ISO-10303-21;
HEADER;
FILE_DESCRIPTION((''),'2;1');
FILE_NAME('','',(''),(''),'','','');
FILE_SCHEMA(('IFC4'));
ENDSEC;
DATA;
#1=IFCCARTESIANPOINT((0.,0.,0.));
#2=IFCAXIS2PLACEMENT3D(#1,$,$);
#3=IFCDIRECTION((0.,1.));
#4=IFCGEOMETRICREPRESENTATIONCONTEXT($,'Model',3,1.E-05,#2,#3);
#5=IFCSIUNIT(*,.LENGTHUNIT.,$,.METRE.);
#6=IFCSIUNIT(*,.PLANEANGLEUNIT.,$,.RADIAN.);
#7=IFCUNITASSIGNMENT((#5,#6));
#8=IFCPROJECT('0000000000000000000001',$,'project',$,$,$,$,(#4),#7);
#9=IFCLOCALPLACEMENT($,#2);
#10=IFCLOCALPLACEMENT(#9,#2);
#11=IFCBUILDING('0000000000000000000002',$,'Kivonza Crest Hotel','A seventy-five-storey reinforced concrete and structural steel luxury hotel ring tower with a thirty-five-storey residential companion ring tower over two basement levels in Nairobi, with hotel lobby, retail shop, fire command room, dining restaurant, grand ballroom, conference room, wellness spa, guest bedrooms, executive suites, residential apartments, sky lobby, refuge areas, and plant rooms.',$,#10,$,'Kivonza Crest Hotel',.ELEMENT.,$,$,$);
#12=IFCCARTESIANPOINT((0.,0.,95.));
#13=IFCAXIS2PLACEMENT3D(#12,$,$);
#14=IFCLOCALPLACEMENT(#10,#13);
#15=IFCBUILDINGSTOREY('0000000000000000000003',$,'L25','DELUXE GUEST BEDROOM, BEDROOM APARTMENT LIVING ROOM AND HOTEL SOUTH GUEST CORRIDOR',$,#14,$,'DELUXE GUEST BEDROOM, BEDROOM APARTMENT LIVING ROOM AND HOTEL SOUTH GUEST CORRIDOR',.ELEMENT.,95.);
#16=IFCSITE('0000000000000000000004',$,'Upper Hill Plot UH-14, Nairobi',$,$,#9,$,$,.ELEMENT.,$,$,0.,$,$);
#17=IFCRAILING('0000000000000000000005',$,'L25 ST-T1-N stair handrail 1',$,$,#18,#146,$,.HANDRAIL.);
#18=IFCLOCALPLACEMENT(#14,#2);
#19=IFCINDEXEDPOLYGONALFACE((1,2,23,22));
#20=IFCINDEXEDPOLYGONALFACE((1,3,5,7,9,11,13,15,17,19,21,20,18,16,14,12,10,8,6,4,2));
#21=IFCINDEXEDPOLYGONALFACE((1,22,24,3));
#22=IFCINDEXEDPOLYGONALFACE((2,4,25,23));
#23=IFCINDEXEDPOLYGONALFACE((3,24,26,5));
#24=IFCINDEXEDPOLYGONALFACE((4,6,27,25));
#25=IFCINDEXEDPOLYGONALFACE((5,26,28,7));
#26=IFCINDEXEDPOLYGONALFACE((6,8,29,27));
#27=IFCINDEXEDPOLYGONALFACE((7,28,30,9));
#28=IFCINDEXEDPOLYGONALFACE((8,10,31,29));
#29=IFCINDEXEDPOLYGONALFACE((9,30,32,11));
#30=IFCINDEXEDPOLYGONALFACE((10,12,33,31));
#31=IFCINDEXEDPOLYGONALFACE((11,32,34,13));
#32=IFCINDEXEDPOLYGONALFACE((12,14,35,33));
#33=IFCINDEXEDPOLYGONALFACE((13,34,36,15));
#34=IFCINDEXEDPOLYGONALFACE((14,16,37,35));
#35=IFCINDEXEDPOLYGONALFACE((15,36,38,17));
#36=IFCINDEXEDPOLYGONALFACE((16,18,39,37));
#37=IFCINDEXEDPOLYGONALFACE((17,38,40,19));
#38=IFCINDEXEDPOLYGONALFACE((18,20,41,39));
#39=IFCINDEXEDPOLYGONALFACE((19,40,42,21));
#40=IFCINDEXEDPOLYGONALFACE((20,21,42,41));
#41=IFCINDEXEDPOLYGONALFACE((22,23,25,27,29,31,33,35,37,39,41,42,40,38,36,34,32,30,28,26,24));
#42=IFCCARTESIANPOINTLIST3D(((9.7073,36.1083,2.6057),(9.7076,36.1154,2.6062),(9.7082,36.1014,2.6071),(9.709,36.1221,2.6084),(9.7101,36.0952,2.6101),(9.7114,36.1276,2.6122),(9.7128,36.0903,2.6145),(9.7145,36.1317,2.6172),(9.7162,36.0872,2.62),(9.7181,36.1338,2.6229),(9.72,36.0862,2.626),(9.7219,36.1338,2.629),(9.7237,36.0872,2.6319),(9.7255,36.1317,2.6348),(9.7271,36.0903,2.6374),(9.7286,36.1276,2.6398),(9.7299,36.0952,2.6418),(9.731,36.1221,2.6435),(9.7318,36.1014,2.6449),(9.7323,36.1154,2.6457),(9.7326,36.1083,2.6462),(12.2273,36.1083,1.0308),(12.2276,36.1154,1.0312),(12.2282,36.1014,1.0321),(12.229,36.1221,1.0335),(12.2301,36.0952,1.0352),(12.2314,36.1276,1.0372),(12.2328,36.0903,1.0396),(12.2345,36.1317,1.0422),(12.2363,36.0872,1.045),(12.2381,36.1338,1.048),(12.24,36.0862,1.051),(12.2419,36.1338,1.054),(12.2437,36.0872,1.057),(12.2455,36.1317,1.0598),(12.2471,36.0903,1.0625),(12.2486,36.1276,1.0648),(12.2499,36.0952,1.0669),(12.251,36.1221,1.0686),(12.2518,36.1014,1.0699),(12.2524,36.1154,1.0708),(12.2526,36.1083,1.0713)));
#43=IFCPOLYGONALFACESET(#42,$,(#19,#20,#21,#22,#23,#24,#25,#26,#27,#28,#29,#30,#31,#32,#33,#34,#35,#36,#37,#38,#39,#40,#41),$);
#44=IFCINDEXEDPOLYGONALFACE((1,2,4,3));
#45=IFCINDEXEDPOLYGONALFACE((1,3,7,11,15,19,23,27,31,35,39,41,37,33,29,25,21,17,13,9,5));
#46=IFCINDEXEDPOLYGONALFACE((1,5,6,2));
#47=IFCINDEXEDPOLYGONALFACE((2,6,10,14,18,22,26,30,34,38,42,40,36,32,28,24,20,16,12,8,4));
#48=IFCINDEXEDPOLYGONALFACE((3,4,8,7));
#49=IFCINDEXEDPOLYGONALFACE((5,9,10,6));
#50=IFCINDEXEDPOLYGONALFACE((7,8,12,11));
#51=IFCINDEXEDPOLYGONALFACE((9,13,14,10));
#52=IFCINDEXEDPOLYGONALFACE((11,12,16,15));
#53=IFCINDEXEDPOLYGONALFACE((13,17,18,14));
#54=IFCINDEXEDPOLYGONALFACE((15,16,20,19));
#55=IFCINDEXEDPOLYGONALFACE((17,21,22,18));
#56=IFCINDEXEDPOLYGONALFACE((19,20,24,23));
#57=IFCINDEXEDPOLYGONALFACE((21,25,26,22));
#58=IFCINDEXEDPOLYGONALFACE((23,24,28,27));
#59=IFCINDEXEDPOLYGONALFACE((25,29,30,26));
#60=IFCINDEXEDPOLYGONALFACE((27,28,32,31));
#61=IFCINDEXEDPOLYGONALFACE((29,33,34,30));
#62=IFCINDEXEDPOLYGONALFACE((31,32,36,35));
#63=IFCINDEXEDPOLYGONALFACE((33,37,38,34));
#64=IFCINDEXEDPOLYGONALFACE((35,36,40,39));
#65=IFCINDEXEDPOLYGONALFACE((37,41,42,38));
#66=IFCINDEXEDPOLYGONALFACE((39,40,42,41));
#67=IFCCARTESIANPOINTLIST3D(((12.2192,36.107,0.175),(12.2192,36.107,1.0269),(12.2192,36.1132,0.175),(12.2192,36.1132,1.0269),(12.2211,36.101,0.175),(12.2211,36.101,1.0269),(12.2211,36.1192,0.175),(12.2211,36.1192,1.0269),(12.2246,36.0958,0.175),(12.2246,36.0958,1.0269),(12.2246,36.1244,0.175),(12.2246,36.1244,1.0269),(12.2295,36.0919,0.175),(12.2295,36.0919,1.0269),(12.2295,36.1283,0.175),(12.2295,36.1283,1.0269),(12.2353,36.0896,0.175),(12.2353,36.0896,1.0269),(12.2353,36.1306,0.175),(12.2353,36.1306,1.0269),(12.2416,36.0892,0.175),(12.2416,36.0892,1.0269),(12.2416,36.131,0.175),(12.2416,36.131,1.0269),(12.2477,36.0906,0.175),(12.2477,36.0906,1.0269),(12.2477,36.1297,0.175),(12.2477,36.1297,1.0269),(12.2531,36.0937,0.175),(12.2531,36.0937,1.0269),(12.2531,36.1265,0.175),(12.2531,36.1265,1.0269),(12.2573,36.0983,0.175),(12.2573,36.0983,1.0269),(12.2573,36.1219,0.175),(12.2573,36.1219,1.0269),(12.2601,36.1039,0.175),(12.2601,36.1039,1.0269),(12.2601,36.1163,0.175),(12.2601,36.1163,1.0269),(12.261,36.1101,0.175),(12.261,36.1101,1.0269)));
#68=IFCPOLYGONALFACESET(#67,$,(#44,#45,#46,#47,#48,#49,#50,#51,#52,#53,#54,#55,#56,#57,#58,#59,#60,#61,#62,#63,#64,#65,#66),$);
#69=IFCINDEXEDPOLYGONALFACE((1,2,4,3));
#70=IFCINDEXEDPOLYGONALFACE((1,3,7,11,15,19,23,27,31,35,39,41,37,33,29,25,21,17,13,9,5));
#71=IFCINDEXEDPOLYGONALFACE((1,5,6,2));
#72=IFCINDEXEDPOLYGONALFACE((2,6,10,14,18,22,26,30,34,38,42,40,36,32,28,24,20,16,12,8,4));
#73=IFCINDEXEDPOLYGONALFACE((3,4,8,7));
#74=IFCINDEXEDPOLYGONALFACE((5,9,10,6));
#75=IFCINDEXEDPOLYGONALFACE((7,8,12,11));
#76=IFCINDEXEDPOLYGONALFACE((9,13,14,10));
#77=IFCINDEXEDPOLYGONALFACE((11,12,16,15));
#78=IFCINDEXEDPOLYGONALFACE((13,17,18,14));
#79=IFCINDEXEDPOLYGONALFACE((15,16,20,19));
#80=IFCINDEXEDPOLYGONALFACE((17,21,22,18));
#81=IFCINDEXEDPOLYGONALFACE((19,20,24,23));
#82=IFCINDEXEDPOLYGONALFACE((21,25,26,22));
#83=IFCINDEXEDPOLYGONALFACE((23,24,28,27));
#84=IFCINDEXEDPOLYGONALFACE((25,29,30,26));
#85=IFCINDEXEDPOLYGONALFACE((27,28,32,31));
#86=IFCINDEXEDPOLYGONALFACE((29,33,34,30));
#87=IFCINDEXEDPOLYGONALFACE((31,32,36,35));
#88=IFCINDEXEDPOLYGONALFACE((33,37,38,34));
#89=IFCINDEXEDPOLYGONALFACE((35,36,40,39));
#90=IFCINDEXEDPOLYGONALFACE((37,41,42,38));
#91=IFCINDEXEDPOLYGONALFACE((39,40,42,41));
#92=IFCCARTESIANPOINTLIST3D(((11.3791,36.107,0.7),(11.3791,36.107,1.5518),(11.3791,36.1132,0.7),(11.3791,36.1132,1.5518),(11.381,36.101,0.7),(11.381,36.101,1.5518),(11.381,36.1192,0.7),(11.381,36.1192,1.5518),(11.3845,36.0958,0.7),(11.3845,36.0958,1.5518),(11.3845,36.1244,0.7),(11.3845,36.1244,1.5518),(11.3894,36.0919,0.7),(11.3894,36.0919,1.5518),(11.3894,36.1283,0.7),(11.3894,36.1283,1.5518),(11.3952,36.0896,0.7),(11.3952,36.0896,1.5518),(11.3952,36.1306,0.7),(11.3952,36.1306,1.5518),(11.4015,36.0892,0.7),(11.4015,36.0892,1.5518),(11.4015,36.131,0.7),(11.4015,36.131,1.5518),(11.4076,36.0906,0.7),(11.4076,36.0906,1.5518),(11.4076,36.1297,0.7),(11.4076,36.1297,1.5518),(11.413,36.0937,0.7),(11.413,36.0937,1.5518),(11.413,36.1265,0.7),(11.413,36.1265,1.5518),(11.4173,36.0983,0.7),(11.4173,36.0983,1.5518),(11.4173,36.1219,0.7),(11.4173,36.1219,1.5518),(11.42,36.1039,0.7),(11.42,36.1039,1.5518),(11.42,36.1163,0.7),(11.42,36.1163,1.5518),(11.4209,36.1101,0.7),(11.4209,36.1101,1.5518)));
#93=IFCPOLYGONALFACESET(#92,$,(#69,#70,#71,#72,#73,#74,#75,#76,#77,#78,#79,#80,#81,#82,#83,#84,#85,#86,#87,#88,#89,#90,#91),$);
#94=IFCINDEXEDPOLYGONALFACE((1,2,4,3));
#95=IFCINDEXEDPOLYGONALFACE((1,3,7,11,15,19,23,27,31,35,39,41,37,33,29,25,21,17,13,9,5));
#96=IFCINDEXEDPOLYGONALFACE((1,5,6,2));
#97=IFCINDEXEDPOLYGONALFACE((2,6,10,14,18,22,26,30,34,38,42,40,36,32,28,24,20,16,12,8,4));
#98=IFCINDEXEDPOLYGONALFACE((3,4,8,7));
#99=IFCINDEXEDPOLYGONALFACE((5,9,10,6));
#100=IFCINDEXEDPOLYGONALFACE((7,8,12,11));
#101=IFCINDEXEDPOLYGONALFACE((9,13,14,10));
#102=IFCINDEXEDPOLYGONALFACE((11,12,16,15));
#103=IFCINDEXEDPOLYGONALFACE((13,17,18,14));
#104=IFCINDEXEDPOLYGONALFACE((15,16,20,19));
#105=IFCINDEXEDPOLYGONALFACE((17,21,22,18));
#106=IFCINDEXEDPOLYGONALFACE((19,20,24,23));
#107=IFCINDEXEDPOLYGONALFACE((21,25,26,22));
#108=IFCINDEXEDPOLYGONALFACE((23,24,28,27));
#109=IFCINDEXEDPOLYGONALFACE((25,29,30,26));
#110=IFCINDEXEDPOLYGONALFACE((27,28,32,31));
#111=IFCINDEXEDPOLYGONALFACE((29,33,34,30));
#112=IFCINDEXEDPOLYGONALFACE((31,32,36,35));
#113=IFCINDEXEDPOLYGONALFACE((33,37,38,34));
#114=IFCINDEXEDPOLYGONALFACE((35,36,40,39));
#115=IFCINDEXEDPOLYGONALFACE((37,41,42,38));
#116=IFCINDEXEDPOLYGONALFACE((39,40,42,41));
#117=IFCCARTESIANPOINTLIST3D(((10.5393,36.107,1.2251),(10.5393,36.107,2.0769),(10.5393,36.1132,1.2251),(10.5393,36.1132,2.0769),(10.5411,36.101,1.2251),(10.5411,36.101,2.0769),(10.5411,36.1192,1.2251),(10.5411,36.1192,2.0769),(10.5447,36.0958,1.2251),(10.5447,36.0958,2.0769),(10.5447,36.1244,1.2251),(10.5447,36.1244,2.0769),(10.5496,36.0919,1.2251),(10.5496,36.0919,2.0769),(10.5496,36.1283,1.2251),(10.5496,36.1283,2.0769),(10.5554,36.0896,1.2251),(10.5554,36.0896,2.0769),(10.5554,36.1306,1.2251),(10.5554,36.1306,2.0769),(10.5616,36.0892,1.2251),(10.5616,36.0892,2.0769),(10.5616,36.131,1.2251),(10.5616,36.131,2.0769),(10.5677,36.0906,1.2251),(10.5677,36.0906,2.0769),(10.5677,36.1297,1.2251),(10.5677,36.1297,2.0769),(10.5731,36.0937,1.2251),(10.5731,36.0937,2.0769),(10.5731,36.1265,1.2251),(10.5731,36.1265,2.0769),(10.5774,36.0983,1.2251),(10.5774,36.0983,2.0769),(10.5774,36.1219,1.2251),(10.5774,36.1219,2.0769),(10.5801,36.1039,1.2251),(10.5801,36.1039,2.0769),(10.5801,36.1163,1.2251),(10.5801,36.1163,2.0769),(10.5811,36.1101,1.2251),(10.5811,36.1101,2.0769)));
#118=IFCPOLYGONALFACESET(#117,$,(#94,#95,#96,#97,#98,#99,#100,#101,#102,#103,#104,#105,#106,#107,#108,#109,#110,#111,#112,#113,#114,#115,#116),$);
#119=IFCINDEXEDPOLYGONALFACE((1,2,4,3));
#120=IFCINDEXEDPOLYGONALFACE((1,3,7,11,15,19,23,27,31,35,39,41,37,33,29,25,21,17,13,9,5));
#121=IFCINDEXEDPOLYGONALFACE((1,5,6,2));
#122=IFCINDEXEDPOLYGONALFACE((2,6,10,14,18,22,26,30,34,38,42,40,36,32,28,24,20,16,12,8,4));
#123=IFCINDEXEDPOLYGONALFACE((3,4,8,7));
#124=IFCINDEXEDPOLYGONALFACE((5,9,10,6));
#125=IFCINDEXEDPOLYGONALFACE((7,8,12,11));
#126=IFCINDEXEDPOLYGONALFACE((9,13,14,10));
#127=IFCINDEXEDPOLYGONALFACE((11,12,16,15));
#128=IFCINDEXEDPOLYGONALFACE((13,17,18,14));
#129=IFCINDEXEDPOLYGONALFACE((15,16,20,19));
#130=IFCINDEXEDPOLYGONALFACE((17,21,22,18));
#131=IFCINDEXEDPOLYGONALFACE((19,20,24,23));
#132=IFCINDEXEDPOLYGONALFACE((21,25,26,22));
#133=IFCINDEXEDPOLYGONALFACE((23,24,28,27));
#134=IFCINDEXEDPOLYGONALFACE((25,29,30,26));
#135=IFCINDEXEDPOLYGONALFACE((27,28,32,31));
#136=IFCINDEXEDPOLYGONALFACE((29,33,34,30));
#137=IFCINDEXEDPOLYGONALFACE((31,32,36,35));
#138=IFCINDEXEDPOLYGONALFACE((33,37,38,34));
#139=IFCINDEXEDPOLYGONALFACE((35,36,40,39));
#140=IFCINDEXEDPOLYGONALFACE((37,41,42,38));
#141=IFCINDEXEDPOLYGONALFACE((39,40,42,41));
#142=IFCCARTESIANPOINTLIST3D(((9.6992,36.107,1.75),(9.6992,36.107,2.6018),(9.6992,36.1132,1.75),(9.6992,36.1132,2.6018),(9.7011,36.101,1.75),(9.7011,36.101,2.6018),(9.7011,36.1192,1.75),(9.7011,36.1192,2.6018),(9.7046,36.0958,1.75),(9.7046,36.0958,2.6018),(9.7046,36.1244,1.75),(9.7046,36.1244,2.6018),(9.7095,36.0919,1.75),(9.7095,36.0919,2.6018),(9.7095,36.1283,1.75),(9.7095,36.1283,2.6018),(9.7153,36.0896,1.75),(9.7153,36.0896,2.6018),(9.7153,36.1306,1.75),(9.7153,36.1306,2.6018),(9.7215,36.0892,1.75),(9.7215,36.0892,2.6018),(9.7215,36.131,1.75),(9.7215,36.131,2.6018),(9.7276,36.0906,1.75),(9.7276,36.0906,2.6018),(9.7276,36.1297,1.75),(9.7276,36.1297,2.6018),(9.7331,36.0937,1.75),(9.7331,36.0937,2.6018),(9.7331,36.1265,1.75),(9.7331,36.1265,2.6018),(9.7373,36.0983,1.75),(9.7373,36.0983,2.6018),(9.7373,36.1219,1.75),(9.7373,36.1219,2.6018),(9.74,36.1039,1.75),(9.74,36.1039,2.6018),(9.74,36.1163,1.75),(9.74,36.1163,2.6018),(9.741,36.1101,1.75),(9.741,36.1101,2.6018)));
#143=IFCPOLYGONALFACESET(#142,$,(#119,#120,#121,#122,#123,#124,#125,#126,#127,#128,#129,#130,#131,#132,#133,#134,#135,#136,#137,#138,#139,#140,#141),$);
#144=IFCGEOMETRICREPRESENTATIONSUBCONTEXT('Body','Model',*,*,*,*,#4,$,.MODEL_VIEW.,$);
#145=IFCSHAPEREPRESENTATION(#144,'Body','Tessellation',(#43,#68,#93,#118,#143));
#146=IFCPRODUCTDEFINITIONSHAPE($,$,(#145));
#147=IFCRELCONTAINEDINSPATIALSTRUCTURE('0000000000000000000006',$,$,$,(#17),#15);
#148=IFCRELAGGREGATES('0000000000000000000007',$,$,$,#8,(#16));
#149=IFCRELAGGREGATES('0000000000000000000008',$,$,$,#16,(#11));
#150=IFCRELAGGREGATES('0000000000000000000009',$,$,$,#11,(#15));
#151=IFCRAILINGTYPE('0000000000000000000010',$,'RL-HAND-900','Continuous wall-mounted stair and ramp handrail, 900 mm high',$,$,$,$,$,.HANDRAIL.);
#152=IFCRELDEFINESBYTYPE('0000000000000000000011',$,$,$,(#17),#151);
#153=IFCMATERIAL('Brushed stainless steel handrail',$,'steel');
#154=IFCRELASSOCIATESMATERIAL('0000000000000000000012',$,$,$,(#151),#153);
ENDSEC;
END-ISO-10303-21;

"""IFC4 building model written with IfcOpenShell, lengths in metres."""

from ifc_helpers import new_model, si_unit, direction, frame, origin, origin_2d, place, context, subcontext, project, spatial, circle, extrude, material, type_object, element, save


model = new_model("IFC4")

# Units and contexts
model_context = context("Model", 3, precision=1e-05, world=origin(), true_north=direction((0.0, 1.0)))
body_context = subcontext(model_context, "Body", "Model", "MODEL_VIEW")
ifc_project = project(units=[si_unit("LENGTHUNIT", "METRE"), si_unit("PLANEANGLEUNIT", "RADIAN")], contexts=[model_context])

# Site, building, storey
site_placement = place(None, origin())
site = spatial("IfcSite", under=ifc_project, at=site_placement, Name="Upper Hill Plot UH-14, Nairobi", CompositionType="ELEMENT", RefElevation=0.0)
building_placement = place(site_placement, origin())
building = spatial("IfcBuilding", under=site, at=building_placement, Name="Kivonza Crest Hotel", Description="A seventy-five-storey reinforced concrete and structural steel luxury hotel ring tower with a thirty-five-storey residential companion ring tower over two basement levels in Nairobi, with hotel lobby, retail shop, fire command room, dining restaurant, grand ballroom, conference room, wellness spa, guest bedrooms, executive suites, residential apartments, sky lobby, refuge areas, and plant rooms.", LongName="Kivonza Crest Hotel", CompositionType="ELEMENT")
storey_placement = place(building_placement, frame((0.0, 0.0, 95.0)))
storey = spatial("IfcBuildingStorey", under=building, at=storey_placement, Name="L25", Description="DELUXE GUEST BEDROOM, BEDROOM APARTMENT LIVING ROOM AND HOTEL SOUTH GUEST CORRIDOR", LongName="DELUXE GUEST BEDROOM, BEDROOM APARTMENT LIVING ROOM AND HOTEL SOUTH GUEST CORRIDOR", CompositionType="ELEMENT", Elevation=95.0)

# Railing
ifc_material_1 = material(Name="Brushed stainless steel handrail", Category="steel")
railing_type_1 = type_object("IfcRailingType", Name="RL-HAND-900", Description="Continuous wall-mounted stair and ramp handrail, 900 mm high", PredefinedType="HANDRAIL", material=ifc_material_1)
railing_1_placement = place(storey_placement, frame((12.24, 36.1101, 0.175)))
element("IfcRailing", 1, at=railing_1_placement, inside=storey, type_object=railing_type_1, Name="L25 ST-T1-N stair handrail 1", PredefinedType="HANDRAIL", context=body_context, shape_type="SweptSolid", body=[
    extrude(circle(Radius=0.0239, at=origin_2d()), frame((0.0, 0.0, 0.876), z_axis=(-0.848008, 0.0, 0.529984), x_axis=(0.0, -1.0, 0.0)), (0.0, 0.0, 1.0), 2.9717),
    extrude(circle(Radius=0.021, at=origin_2d()), origin(), (0.0, 0.0, 1.0), 0.8518),
    extrude(circle(Radius=0.021, at=origin_2d()), frame((-0.8401, 0.0, 0.5249)), (0.0, 0.0, 1.0), 0.8518),
    extrude(circle(Radius=0.021, at=origin_2d()), frame((-1.6799, 0.0, 1.05)), (0.0, 0.0, 1.0), 0.8518),
    extrude(circle(Radius=0.021, at=origin_2d()), frame((-2.52, 0.0, 1.575)), (0.0, 0.0, 1.0), 0.8518),
])

save(model, "model.ifc")
